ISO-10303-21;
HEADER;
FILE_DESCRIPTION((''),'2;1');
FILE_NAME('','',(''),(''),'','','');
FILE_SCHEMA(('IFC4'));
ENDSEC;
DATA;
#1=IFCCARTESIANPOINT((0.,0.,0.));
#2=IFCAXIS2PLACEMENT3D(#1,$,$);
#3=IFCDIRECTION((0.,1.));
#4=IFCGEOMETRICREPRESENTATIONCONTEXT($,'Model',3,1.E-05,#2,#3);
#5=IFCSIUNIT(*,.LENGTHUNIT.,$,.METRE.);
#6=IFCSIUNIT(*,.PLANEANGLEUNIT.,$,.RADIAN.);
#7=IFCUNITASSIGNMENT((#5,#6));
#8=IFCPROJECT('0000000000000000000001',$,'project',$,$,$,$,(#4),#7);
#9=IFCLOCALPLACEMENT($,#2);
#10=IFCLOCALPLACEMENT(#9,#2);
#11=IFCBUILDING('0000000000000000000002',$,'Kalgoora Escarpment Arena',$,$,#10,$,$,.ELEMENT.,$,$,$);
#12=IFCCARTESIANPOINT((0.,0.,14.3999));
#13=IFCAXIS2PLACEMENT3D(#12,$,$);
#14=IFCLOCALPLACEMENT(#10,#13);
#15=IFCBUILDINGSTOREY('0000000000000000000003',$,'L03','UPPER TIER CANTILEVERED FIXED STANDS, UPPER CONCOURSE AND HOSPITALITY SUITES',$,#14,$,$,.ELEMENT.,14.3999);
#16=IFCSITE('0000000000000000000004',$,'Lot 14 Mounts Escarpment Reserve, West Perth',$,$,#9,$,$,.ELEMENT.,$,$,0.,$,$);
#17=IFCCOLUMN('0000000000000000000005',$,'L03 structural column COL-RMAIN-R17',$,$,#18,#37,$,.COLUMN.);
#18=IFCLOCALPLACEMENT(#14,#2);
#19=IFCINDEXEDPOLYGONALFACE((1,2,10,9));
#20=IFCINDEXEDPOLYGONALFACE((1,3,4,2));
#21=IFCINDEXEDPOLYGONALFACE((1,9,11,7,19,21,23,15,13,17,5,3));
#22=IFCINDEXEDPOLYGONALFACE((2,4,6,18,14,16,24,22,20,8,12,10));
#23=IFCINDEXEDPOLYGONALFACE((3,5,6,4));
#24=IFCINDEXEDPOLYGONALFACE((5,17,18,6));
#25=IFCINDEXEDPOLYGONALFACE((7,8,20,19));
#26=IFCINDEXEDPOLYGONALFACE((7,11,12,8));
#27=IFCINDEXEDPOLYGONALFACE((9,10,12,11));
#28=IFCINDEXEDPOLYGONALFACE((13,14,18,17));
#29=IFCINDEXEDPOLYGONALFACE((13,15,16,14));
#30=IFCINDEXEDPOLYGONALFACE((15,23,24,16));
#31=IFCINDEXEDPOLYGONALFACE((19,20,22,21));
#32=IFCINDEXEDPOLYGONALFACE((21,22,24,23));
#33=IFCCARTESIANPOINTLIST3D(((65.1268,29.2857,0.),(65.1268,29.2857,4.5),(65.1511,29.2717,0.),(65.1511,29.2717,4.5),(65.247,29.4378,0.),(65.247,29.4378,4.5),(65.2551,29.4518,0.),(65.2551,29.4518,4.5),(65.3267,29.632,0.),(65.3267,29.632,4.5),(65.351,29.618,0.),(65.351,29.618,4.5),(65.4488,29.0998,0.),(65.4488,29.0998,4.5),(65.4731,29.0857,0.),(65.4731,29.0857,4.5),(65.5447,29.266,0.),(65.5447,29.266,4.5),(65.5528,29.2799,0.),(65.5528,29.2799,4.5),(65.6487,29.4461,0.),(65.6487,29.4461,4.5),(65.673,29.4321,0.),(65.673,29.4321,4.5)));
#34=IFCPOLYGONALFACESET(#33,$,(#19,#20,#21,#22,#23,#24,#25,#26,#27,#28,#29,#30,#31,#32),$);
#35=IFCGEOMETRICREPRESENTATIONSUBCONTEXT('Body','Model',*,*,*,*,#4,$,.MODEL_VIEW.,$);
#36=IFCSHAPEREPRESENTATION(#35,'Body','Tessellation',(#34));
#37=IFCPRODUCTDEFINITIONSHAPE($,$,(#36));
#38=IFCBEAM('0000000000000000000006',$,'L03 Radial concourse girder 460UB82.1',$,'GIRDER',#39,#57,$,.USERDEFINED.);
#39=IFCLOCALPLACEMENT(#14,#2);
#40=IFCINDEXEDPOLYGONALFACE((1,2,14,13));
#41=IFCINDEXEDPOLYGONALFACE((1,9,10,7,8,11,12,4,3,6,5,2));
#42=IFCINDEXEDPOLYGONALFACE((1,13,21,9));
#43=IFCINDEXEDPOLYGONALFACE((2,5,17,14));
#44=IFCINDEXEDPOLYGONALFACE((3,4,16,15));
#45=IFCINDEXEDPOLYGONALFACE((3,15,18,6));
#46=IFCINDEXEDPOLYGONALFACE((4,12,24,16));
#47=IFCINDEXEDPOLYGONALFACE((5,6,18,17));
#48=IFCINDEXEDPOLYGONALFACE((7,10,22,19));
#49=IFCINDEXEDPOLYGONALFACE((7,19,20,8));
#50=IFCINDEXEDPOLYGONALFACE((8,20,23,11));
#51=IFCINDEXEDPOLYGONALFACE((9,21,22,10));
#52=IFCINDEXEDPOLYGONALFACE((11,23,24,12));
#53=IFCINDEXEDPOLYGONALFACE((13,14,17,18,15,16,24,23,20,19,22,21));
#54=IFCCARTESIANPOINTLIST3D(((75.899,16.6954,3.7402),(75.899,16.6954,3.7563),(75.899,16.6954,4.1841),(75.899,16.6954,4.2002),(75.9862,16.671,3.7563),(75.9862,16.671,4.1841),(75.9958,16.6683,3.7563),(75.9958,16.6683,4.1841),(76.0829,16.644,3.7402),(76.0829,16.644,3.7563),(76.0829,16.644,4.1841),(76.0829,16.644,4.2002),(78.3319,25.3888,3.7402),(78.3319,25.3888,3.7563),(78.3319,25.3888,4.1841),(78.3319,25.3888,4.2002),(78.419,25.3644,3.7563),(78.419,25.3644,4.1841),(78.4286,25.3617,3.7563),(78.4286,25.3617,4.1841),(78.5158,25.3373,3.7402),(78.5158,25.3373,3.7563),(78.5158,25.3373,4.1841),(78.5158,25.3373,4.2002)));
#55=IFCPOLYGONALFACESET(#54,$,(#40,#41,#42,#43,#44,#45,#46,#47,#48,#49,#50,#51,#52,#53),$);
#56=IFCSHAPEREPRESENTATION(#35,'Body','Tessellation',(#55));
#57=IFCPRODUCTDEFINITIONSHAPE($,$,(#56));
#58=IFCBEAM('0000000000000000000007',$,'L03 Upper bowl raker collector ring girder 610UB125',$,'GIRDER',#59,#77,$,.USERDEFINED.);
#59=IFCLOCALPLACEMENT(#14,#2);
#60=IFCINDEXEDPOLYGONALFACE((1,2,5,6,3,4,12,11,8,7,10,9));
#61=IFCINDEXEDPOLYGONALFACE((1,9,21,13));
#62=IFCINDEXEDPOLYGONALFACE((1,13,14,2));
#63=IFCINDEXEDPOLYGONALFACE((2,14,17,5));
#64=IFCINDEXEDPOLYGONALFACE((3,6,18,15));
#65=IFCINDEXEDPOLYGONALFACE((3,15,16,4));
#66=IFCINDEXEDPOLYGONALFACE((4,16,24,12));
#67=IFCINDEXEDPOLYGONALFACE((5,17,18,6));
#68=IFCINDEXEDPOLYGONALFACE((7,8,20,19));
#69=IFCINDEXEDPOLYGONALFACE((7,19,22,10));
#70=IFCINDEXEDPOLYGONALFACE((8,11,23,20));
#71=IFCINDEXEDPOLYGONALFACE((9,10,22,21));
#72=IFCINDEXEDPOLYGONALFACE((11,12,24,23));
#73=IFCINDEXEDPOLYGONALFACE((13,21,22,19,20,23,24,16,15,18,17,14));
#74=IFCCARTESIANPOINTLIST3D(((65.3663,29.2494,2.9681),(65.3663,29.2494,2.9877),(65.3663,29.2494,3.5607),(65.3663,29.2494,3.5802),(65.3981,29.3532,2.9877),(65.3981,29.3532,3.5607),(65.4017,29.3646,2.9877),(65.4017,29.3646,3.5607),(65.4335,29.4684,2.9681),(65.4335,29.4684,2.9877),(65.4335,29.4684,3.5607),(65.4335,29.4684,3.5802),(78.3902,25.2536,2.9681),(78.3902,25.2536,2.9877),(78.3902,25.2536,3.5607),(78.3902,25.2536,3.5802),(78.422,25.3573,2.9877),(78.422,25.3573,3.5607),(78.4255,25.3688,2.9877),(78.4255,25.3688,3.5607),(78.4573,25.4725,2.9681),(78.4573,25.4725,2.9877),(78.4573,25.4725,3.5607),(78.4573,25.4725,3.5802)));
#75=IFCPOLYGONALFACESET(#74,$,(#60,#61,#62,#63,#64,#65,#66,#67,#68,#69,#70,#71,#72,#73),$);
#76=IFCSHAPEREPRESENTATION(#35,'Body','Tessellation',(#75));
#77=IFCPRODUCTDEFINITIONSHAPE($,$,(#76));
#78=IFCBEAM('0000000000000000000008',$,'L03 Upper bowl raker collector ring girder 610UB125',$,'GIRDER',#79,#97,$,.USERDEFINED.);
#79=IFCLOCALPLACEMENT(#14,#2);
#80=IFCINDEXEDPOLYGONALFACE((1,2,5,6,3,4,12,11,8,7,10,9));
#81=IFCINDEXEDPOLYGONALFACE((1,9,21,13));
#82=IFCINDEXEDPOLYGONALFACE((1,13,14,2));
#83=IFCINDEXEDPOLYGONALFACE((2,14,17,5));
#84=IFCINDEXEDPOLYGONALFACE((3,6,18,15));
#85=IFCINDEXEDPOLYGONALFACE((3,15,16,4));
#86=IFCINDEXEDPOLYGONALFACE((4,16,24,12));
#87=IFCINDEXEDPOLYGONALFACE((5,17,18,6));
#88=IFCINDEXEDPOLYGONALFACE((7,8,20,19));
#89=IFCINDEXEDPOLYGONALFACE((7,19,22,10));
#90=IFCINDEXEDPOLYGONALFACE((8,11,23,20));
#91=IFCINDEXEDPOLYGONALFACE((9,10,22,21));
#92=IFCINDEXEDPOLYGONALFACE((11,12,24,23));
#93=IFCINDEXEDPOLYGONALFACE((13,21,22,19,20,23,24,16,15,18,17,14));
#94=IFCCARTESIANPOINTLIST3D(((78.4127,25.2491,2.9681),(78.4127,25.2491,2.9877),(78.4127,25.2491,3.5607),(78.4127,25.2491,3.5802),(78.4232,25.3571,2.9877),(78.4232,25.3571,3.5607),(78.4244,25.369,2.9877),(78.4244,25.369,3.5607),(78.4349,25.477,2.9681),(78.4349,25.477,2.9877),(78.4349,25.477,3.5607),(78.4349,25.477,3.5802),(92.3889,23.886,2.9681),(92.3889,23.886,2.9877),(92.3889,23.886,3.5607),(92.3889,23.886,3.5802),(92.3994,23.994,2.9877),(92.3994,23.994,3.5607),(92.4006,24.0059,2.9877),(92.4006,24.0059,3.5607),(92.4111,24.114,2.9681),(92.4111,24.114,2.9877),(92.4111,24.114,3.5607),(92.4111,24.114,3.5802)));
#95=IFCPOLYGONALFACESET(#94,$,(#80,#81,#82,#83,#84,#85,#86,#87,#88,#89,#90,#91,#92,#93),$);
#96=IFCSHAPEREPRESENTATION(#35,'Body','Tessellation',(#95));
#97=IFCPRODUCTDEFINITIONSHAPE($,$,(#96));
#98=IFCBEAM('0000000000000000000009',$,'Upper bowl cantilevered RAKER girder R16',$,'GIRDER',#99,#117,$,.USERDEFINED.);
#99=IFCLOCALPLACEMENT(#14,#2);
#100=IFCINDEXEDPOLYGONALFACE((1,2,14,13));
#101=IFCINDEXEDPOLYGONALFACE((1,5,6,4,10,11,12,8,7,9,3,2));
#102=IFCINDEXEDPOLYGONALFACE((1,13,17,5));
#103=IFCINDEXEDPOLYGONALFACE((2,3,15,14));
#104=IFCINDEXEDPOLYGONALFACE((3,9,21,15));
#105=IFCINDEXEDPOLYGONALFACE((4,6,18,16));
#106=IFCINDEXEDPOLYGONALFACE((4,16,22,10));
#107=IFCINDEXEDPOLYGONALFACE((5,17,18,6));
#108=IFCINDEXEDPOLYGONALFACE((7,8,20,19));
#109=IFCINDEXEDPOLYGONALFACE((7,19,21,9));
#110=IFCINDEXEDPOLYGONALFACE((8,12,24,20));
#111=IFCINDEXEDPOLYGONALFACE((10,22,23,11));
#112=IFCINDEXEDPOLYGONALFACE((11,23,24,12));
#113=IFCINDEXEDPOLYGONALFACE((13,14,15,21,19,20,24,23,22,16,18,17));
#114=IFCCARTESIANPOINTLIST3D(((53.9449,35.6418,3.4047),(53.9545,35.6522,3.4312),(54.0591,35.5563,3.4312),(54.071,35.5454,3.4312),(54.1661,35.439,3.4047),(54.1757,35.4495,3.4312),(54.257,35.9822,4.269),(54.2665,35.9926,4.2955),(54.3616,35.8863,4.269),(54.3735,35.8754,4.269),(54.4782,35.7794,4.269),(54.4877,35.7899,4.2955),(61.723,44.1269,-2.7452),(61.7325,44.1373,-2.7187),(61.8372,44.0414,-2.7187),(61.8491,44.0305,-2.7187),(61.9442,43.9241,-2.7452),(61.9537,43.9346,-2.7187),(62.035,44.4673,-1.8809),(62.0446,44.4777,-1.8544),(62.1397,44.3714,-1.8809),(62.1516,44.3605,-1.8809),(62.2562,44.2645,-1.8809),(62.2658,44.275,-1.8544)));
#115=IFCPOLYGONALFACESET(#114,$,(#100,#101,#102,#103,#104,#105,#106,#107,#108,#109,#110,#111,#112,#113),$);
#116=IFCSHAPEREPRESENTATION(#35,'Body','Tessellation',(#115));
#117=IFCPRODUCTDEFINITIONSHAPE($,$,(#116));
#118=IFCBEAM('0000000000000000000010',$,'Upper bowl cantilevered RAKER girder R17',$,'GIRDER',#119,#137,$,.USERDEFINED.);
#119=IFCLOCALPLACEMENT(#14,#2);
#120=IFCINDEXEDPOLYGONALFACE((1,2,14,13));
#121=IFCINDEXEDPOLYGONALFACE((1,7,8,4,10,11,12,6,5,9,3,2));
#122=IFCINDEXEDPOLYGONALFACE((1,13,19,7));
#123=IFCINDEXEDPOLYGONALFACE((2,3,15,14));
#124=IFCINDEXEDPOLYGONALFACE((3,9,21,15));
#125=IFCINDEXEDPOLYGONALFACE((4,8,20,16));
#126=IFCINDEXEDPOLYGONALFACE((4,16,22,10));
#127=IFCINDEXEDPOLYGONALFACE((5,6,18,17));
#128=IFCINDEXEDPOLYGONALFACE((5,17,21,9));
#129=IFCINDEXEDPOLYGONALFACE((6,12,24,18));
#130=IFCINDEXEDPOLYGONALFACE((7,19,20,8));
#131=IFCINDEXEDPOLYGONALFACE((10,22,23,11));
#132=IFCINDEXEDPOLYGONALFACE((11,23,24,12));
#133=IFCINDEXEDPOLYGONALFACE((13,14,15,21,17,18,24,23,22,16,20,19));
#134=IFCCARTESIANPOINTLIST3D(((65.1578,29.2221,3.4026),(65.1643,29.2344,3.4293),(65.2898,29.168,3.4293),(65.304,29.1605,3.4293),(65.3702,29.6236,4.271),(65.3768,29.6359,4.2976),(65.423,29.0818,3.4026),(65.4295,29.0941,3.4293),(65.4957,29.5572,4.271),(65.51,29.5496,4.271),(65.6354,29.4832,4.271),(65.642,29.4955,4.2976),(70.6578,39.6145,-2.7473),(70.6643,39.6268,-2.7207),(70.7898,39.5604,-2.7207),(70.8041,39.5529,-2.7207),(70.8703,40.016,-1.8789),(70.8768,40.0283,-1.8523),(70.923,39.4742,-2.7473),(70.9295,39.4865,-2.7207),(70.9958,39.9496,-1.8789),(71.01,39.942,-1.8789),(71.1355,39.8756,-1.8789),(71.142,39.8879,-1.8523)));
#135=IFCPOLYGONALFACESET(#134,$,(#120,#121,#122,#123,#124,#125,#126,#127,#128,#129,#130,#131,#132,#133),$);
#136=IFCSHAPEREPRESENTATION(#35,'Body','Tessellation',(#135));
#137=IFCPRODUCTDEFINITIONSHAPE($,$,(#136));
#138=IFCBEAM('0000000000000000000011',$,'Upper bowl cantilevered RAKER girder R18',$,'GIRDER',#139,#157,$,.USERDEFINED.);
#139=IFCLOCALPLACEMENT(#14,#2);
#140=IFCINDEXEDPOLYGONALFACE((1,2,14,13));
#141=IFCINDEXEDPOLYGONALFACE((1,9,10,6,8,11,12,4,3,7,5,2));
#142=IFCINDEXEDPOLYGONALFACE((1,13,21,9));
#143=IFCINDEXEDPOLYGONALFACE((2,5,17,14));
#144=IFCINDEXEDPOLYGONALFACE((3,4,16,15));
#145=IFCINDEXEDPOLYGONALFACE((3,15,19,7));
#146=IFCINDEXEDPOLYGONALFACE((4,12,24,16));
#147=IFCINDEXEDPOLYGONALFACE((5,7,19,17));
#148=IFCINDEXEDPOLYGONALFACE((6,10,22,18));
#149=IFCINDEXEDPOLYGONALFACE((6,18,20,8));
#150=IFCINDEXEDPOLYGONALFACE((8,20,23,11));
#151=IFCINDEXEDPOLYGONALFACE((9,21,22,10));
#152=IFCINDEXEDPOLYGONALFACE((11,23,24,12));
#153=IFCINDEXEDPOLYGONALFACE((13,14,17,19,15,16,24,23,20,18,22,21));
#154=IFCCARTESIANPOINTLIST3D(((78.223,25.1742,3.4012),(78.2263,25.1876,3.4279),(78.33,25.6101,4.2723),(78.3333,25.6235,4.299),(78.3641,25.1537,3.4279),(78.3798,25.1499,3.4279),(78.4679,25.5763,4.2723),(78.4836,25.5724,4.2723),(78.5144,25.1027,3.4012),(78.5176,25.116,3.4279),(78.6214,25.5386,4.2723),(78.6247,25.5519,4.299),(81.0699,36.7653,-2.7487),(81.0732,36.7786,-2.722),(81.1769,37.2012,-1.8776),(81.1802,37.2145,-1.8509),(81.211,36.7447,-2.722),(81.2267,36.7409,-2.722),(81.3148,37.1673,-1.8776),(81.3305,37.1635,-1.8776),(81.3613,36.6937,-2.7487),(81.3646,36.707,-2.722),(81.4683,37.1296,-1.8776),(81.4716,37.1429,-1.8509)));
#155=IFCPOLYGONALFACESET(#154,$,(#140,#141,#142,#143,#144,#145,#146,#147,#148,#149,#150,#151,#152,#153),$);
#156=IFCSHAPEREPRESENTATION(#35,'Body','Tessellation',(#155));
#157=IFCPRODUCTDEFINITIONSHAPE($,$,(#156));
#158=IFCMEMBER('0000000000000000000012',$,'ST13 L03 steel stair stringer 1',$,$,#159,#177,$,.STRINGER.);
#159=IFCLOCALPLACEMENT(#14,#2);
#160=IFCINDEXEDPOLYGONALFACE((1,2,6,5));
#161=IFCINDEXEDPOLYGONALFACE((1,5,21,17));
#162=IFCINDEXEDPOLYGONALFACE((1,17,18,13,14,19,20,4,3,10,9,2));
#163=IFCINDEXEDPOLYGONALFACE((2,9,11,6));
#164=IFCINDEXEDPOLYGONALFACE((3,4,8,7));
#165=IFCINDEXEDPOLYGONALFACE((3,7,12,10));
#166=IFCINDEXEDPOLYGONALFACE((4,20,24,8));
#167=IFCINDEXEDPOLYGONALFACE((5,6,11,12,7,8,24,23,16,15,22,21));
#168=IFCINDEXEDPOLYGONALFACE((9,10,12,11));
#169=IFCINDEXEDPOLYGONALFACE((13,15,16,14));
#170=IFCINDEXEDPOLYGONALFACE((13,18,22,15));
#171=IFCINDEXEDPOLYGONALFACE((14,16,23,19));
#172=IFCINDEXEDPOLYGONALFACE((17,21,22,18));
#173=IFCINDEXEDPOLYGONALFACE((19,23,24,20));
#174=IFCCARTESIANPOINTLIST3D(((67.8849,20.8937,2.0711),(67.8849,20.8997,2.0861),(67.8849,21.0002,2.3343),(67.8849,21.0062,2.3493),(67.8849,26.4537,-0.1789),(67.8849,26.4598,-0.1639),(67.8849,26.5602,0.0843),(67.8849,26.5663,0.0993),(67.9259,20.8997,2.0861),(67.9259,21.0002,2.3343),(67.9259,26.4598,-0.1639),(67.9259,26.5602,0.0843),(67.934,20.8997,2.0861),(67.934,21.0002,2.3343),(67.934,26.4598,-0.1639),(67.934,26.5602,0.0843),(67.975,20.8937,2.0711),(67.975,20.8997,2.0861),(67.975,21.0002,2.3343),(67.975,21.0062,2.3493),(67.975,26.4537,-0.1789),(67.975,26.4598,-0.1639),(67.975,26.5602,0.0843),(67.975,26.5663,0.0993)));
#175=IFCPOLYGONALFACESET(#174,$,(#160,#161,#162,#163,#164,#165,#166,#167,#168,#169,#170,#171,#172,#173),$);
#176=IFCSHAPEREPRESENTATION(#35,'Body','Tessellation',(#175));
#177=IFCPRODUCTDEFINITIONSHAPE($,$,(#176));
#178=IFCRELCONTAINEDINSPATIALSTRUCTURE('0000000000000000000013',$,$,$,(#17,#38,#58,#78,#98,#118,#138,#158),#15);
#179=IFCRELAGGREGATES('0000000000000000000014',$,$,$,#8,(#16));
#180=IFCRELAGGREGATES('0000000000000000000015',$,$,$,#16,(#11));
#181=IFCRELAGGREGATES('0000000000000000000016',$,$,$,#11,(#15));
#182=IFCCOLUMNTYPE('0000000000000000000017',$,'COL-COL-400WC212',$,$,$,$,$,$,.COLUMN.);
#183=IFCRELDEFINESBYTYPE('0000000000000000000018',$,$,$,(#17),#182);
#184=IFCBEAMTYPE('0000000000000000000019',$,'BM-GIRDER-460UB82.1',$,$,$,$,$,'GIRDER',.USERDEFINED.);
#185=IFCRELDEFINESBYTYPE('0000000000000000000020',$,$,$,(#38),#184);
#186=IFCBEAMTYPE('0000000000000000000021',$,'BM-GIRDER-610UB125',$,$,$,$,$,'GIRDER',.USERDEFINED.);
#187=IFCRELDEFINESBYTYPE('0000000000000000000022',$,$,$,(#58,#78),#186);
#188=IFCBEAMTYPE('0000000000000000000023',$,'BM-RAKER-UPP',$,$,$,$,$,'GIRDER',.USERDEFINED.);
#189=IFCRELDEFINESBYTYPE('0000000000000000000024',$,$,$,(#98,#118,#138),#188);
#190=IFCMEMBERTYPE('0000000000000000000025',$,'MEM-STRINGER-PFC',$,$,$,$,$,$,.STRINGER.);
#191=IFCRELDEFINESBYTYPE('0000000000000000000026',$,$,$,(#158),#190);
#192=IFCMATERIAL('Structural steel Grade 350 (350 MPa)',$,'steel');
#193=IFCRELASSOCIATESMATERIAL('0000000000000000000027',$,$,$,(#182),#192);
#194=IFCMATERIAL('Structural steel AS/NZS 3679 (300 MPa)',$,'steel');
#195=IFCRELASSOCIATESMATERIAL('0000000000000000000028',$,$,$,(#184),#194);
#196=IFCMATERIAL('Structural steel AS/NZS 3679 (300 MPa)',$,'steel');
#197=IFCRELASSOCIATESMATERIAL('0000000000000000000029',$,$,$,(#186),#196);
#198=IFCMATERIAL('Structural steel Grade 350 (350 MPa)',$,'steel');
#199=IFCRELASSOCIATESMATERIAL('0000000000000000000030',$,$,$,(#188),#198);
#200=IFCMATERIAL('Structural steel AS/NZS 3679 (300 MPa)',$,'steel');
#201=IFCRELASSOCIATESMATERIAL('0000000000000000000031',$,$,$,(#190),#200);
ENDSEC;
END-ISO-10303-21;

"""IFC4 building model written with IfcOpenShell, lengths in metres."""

from ifc_helpers import new_model, si_unit, direction, frame, origin, origin_2d, place, context, subcontext, project, spatial, i_section, extrude, material, material_profile, profile_set, type_object, element, save


model = new_model("IFC4")

# Units and contexts
model_context = context("Model", 3, precision=1e-05, world=origin(), true_north=direction((0.0, 1.0)))
body_context = subcontext(model_context, "Body", "Model", "MODEL_VIEW")
ifc_project = project(units=[si_unit("LENGTHUNIT", "METRE"), si_unit("PLANEANGLEUNIT", "RADIAN")], contexts=[model_context])

# Site, building, storey
site_placement = place(None, origin())
site = spatial("IfcSite", under=ifc_project, at=site_placement, Name="Lot 14 Mounts Escarpment Reserve, West Perth", CompositionType="ELEMENT", RefElevation=0.0)
building_placement = place(site_placement, origin())
building = spatial("IfcBuilding", under=site, at=building_placement, Name="Kalgoora Escarpment Arena", CompositionType="ELEMENT")
storey_placement = place(building_placement, frame((0.0, 0.0, 14.3999)))
storey = spatial("IfcBuildingStorey", under=building, at=storey_placement, Name="L03", Description="UPPER TIER CANTILEVERED FIXED STANDS, UPPER CONCOURSE AND HOSPITALITY SUITES", CompositionType="ELEMENT", Elevation=14.3999)

# Column
ifc_material_1 = material(Name="Structural steel Grade 350 (350 MPa)", Category="steel")
ifc_material_profile_1 = material_profile(ifc_material_1, i_section(OverallWidth=0.3999, OverallDepth=0.3999, WebThickness=0.0161, FlangeThickness=0.0281, at=origin_2d()))
ifc_profile_set_1 = profile_set([ifc_material_profile_1], Name="Structural steel Grade 350 (350 MPa)")
column_type = type_object("IfcColumnType", Name="COL-COL-400WC212", PredefinedType="COLUMN", material=ifc_profile_set_1)
column_placement = place(storey_placement, frame((65.3999, 29.3589, 0.0), z_axis=(0.0, 0.0, 1.0), x_axis=(-0.5, -0.866025, 0.0)))
element("IfcColumn", 1, at=column_placement, inside=storey, type_object=column_type, Name="L03 structural column COL-RMAIN-R17", PredefinedType="COLUMN", context=body_context, shape_type="SweptSolid", body=[
    extrude(i_section(OverallWidth=0.3999, OverallDepth=0.3999, WebThickness=0.0161, FlangeThickness=0.0281, at=origin_2d()), origin(), (0.0, 0.0, 1.0), 4.5),
])

# Beams
ifc_material_2 = material(Name="Structural steel AS/NZS 3679 (300 MPa)", Category="steel")
ifc_material_profile_2 = material_profile(ifc_material_2, i_section(OverallWidth=0.1909, OverallDepth=0.46, WebThickness=0.01, FlangeThickness=0.0161, at=origin_2d()))
ifc_profile_set_2 = profile_set([ifc_material_profile_2], Name="Structural steel AS/NZS 3679 (300 MPa)")
beam_type_1 = type_object("IfcBeamType", Name="BM-GIRDER-460UB82.1", ElementType="GIRDER", PredefinedType="USERDEFINED", material=ifc_profile_set_2)
beam_1_placement = place(storey_placement, frame((78.4238, 25.363, 3.9702), z_axis=(-0.269499, -0.963001, 0.0), x_axis=(0.963001, -0.269499, 0.0)))
element("IfcBeam", 2, at=beam_1_placement, inside=storey, type_object=beam_type_1, Name="L03 Radial concourse girder 460UB82.1", ObjectType="GIRDER", PredefinedType="USERDEFINED", context=body_context, shape_type="SweptSolid", body=[
    extrude(i_section(OverallWidth=0.1909, OverallDepth=0.46, WebThickness=0.01, FlangeThickness=0.0161, at=origin_2d()), origin(), (0.0, 0.0, 1.0), 9.0273),
])
ifc_material_3 = material(Name="Structural steel AS/NZS 3679 (300 MPa)", Category="steel")
ifc_material_profile_3 = material_profile(ifc_material_3, i_section(OverallWidth=0.229, OverallDepth=0.6121, WebThickness=0.012, FlangeThickness=0.0195, at=origin_2d()))
ifc_profile_set_3 = profile_set([ifc_material_profile_3], Name="Structural steel AS/NZS 3679 (300 MPa)")
beam_type_2 = type_object("IfcBeamType", Name="BM-GIRDER-610UB125", ElementType="GIRDER", PredefinedType="USERDEFINED", material=ifc_profile_set_3)
beam_2_placement = place(storey_placement, frame((65.3999, 29.3589, 3.2742), z_axis=(0.956016, -0.293314, 0.0), x_axis=(0.293314, 0.956016, 0.0)))
element("IfcBeam", 3, at=beam_2_placement, inside=storey, type_object=beam_type_2, Name="L03 Upper bowl raker collector ring girder 610UB125", ObjectType="GIRDER", PredefinedType="USERDEFINED", context=body_context, shape_type="SweptSolid", body=[
    extrude(i_section(OverallWidth=0.229, OverallDepth=0.6121, WebThickness=0.012, FlangeThickness=0.0195, at=origin_2d()), origin(), (0.0, 0.0, 1.0), 13.623),
])
beam_3_placement = place(storey_placement, frame((78.4238, 25.363, 3.2742), z_axis=(0.995278, -0.097066, 0.0), x_axis=(0.097066, 0.995278, 0.0)))
element("IfcBeam", 4, at=beam_3_placement, inside=storey, type_object=beam_type_2, Name="L03 Upper bowl raker collector ring girder 610UB125", ObjectType="GIRDER", PredefinedType="USERDEFINED", context=body_context, shape_type="SweptSolid", body=[
    extrude(i_section(OverallWidth=0.229, OverallDepth=0.6121, WebThickness=0.012, FlangeThickness=0.0195, at=origin_2d()), origin(), (0.0, 0.0, 1.0), 14.0425),
])
ifc_material_4 = material(Name="Structural steel Grade 350 (350 MPa)", Category="steel")
ifc_material_profile_4 = material_profile(ifc_material_4, i_section(OverallWidth=0.3, OverallDepth=1.01, WebThickness=0.0161, FlangeThickness=0.03, at=origin_2d()))
ifc_profile_set_4 = profile_set([ifc_material_profile_4], Name="Structural steel Grade 350 (350 MPa)")
beam_type_3 = type_object("IfcBeamType", Name="BM-RAKER-UPP", ElementType="GIRDER", PredefinedType="USERDEFINED", material=ifc_profile_set_4)
beam_4_placement = place(storey_placement, frame((61.9944, 44.2009, -2.2998), z_axis=(-0.595996, -0.650172, 0.471237), x_axis=(0.737151, -0.675728, 0.0)))
element("IfcBeam", 5, at=beam_4_placement, inside=storey, type_object=beam_type_3, Name="Upper bowl cantilevered RAKER girder R16", ObjectType="GIRDER", PredefinedType="USERDEFINED", context=body_context, shape_type="SweptSolid", body=[
    extrude(i_section(OverallWidth=0.3, OverallDepth=1.01, WebThickness=0.0161, FlangeThickness=0.03, at=origin_2d()), origin(), (0.0, 0.0, 1.0), 13.0505),
])
beam_5_placement = place(storey_placement, frame((70.8999, 39.7512, -2.2998), z_axis=(-0.414493, -0.783192, 0.463472), x_axis=(0.883852, -0.467767, 0.0)))
element("IfcBeam", 6, at=beam_5_placement, inside=storey, type_object=beam_type_3, Name="Upper bowl cantilevered RAKER girder R17", ObjectType="GIRDER", PredefinedType="USERDEFINED", context=body_context, shape_type="SweptSolid", body=[
    extrude(i_section(OverallWidth=0.3, OverallDepth=1.01, WebThickness=0.0161, FlangeThickness=0.03, at=origin_2d()), origin(), (0.0, 0.0, 1.0), 13.2693),
])
beam_6_placement = place(storey_placement, frame((81.2708, 36.9541, -2.2998), z_axis=(-0.212033, -0.863278, 0.458032), x_axis=(0.971137, -0.238524, 0.0)))
element("IfcBeam", 7, at=beam_6_placement, inside=storey, type_object=beam_type_3, Name="Upper bowl cantilevered RAKER girder R18", ObjectType="GIRDER", PredefinedType="USERDEFINED", context=body_context, shape_type="SweptSolid", body=[
    extrude(i_section(OverallWidth=0.3, OverallDepth=1.01, WebThickness=0.0161, FlangeThickness=0.03, at=origin_2d()), origin(), (0.0, 0.0, 1.0), 13.4268),
])

# Member
ifc_material_5 = material(Name="Structural steel AS/NZS 3679 (300 MPa)", Category="steel")
ifc_material_profile_5 = material_profile(ifc_material_5, i_section(OverallWidth=0.0901, OverallDepth=0.3, WebThickness=0.0081, FlangeThickness=0.0161, at=origin_2d()))
ifc_profile_set_5 = profile_set([ifc_material_profile_5], Name="Structural steel AS/NZS 3679 (300 MPa)")
member_type = type_object("IfcMemberType", Name="MEM-STRINGER-PFC", PredefinedType="STRINGER", material=ifc_profile_set_5)
member_placement = place(storey_placement, frame((67.9299, 26.51, -0.0398), z_axis=(0.0, -0.926976, 0.375121), x_axis=(1.0, 0.0, 0.0)))
element("IfcMember", 8, at=member_placement, inside=storey, type_object=member_type, Name="ST13 L03 steel stair stringer 1", PredefinedType="STRINGER", context=body_context, shape_type="SweptSolid", body=[
    extrude(i_section(OverallWidth=0.0901, OverallDepth=0.3, WebThickness=0.0081, FlangeThickness=0.0161, at=origin_2d()), origin(), (0.0, 0.0, 1.0), 5.998),
])

save(model, "model.ifc")
